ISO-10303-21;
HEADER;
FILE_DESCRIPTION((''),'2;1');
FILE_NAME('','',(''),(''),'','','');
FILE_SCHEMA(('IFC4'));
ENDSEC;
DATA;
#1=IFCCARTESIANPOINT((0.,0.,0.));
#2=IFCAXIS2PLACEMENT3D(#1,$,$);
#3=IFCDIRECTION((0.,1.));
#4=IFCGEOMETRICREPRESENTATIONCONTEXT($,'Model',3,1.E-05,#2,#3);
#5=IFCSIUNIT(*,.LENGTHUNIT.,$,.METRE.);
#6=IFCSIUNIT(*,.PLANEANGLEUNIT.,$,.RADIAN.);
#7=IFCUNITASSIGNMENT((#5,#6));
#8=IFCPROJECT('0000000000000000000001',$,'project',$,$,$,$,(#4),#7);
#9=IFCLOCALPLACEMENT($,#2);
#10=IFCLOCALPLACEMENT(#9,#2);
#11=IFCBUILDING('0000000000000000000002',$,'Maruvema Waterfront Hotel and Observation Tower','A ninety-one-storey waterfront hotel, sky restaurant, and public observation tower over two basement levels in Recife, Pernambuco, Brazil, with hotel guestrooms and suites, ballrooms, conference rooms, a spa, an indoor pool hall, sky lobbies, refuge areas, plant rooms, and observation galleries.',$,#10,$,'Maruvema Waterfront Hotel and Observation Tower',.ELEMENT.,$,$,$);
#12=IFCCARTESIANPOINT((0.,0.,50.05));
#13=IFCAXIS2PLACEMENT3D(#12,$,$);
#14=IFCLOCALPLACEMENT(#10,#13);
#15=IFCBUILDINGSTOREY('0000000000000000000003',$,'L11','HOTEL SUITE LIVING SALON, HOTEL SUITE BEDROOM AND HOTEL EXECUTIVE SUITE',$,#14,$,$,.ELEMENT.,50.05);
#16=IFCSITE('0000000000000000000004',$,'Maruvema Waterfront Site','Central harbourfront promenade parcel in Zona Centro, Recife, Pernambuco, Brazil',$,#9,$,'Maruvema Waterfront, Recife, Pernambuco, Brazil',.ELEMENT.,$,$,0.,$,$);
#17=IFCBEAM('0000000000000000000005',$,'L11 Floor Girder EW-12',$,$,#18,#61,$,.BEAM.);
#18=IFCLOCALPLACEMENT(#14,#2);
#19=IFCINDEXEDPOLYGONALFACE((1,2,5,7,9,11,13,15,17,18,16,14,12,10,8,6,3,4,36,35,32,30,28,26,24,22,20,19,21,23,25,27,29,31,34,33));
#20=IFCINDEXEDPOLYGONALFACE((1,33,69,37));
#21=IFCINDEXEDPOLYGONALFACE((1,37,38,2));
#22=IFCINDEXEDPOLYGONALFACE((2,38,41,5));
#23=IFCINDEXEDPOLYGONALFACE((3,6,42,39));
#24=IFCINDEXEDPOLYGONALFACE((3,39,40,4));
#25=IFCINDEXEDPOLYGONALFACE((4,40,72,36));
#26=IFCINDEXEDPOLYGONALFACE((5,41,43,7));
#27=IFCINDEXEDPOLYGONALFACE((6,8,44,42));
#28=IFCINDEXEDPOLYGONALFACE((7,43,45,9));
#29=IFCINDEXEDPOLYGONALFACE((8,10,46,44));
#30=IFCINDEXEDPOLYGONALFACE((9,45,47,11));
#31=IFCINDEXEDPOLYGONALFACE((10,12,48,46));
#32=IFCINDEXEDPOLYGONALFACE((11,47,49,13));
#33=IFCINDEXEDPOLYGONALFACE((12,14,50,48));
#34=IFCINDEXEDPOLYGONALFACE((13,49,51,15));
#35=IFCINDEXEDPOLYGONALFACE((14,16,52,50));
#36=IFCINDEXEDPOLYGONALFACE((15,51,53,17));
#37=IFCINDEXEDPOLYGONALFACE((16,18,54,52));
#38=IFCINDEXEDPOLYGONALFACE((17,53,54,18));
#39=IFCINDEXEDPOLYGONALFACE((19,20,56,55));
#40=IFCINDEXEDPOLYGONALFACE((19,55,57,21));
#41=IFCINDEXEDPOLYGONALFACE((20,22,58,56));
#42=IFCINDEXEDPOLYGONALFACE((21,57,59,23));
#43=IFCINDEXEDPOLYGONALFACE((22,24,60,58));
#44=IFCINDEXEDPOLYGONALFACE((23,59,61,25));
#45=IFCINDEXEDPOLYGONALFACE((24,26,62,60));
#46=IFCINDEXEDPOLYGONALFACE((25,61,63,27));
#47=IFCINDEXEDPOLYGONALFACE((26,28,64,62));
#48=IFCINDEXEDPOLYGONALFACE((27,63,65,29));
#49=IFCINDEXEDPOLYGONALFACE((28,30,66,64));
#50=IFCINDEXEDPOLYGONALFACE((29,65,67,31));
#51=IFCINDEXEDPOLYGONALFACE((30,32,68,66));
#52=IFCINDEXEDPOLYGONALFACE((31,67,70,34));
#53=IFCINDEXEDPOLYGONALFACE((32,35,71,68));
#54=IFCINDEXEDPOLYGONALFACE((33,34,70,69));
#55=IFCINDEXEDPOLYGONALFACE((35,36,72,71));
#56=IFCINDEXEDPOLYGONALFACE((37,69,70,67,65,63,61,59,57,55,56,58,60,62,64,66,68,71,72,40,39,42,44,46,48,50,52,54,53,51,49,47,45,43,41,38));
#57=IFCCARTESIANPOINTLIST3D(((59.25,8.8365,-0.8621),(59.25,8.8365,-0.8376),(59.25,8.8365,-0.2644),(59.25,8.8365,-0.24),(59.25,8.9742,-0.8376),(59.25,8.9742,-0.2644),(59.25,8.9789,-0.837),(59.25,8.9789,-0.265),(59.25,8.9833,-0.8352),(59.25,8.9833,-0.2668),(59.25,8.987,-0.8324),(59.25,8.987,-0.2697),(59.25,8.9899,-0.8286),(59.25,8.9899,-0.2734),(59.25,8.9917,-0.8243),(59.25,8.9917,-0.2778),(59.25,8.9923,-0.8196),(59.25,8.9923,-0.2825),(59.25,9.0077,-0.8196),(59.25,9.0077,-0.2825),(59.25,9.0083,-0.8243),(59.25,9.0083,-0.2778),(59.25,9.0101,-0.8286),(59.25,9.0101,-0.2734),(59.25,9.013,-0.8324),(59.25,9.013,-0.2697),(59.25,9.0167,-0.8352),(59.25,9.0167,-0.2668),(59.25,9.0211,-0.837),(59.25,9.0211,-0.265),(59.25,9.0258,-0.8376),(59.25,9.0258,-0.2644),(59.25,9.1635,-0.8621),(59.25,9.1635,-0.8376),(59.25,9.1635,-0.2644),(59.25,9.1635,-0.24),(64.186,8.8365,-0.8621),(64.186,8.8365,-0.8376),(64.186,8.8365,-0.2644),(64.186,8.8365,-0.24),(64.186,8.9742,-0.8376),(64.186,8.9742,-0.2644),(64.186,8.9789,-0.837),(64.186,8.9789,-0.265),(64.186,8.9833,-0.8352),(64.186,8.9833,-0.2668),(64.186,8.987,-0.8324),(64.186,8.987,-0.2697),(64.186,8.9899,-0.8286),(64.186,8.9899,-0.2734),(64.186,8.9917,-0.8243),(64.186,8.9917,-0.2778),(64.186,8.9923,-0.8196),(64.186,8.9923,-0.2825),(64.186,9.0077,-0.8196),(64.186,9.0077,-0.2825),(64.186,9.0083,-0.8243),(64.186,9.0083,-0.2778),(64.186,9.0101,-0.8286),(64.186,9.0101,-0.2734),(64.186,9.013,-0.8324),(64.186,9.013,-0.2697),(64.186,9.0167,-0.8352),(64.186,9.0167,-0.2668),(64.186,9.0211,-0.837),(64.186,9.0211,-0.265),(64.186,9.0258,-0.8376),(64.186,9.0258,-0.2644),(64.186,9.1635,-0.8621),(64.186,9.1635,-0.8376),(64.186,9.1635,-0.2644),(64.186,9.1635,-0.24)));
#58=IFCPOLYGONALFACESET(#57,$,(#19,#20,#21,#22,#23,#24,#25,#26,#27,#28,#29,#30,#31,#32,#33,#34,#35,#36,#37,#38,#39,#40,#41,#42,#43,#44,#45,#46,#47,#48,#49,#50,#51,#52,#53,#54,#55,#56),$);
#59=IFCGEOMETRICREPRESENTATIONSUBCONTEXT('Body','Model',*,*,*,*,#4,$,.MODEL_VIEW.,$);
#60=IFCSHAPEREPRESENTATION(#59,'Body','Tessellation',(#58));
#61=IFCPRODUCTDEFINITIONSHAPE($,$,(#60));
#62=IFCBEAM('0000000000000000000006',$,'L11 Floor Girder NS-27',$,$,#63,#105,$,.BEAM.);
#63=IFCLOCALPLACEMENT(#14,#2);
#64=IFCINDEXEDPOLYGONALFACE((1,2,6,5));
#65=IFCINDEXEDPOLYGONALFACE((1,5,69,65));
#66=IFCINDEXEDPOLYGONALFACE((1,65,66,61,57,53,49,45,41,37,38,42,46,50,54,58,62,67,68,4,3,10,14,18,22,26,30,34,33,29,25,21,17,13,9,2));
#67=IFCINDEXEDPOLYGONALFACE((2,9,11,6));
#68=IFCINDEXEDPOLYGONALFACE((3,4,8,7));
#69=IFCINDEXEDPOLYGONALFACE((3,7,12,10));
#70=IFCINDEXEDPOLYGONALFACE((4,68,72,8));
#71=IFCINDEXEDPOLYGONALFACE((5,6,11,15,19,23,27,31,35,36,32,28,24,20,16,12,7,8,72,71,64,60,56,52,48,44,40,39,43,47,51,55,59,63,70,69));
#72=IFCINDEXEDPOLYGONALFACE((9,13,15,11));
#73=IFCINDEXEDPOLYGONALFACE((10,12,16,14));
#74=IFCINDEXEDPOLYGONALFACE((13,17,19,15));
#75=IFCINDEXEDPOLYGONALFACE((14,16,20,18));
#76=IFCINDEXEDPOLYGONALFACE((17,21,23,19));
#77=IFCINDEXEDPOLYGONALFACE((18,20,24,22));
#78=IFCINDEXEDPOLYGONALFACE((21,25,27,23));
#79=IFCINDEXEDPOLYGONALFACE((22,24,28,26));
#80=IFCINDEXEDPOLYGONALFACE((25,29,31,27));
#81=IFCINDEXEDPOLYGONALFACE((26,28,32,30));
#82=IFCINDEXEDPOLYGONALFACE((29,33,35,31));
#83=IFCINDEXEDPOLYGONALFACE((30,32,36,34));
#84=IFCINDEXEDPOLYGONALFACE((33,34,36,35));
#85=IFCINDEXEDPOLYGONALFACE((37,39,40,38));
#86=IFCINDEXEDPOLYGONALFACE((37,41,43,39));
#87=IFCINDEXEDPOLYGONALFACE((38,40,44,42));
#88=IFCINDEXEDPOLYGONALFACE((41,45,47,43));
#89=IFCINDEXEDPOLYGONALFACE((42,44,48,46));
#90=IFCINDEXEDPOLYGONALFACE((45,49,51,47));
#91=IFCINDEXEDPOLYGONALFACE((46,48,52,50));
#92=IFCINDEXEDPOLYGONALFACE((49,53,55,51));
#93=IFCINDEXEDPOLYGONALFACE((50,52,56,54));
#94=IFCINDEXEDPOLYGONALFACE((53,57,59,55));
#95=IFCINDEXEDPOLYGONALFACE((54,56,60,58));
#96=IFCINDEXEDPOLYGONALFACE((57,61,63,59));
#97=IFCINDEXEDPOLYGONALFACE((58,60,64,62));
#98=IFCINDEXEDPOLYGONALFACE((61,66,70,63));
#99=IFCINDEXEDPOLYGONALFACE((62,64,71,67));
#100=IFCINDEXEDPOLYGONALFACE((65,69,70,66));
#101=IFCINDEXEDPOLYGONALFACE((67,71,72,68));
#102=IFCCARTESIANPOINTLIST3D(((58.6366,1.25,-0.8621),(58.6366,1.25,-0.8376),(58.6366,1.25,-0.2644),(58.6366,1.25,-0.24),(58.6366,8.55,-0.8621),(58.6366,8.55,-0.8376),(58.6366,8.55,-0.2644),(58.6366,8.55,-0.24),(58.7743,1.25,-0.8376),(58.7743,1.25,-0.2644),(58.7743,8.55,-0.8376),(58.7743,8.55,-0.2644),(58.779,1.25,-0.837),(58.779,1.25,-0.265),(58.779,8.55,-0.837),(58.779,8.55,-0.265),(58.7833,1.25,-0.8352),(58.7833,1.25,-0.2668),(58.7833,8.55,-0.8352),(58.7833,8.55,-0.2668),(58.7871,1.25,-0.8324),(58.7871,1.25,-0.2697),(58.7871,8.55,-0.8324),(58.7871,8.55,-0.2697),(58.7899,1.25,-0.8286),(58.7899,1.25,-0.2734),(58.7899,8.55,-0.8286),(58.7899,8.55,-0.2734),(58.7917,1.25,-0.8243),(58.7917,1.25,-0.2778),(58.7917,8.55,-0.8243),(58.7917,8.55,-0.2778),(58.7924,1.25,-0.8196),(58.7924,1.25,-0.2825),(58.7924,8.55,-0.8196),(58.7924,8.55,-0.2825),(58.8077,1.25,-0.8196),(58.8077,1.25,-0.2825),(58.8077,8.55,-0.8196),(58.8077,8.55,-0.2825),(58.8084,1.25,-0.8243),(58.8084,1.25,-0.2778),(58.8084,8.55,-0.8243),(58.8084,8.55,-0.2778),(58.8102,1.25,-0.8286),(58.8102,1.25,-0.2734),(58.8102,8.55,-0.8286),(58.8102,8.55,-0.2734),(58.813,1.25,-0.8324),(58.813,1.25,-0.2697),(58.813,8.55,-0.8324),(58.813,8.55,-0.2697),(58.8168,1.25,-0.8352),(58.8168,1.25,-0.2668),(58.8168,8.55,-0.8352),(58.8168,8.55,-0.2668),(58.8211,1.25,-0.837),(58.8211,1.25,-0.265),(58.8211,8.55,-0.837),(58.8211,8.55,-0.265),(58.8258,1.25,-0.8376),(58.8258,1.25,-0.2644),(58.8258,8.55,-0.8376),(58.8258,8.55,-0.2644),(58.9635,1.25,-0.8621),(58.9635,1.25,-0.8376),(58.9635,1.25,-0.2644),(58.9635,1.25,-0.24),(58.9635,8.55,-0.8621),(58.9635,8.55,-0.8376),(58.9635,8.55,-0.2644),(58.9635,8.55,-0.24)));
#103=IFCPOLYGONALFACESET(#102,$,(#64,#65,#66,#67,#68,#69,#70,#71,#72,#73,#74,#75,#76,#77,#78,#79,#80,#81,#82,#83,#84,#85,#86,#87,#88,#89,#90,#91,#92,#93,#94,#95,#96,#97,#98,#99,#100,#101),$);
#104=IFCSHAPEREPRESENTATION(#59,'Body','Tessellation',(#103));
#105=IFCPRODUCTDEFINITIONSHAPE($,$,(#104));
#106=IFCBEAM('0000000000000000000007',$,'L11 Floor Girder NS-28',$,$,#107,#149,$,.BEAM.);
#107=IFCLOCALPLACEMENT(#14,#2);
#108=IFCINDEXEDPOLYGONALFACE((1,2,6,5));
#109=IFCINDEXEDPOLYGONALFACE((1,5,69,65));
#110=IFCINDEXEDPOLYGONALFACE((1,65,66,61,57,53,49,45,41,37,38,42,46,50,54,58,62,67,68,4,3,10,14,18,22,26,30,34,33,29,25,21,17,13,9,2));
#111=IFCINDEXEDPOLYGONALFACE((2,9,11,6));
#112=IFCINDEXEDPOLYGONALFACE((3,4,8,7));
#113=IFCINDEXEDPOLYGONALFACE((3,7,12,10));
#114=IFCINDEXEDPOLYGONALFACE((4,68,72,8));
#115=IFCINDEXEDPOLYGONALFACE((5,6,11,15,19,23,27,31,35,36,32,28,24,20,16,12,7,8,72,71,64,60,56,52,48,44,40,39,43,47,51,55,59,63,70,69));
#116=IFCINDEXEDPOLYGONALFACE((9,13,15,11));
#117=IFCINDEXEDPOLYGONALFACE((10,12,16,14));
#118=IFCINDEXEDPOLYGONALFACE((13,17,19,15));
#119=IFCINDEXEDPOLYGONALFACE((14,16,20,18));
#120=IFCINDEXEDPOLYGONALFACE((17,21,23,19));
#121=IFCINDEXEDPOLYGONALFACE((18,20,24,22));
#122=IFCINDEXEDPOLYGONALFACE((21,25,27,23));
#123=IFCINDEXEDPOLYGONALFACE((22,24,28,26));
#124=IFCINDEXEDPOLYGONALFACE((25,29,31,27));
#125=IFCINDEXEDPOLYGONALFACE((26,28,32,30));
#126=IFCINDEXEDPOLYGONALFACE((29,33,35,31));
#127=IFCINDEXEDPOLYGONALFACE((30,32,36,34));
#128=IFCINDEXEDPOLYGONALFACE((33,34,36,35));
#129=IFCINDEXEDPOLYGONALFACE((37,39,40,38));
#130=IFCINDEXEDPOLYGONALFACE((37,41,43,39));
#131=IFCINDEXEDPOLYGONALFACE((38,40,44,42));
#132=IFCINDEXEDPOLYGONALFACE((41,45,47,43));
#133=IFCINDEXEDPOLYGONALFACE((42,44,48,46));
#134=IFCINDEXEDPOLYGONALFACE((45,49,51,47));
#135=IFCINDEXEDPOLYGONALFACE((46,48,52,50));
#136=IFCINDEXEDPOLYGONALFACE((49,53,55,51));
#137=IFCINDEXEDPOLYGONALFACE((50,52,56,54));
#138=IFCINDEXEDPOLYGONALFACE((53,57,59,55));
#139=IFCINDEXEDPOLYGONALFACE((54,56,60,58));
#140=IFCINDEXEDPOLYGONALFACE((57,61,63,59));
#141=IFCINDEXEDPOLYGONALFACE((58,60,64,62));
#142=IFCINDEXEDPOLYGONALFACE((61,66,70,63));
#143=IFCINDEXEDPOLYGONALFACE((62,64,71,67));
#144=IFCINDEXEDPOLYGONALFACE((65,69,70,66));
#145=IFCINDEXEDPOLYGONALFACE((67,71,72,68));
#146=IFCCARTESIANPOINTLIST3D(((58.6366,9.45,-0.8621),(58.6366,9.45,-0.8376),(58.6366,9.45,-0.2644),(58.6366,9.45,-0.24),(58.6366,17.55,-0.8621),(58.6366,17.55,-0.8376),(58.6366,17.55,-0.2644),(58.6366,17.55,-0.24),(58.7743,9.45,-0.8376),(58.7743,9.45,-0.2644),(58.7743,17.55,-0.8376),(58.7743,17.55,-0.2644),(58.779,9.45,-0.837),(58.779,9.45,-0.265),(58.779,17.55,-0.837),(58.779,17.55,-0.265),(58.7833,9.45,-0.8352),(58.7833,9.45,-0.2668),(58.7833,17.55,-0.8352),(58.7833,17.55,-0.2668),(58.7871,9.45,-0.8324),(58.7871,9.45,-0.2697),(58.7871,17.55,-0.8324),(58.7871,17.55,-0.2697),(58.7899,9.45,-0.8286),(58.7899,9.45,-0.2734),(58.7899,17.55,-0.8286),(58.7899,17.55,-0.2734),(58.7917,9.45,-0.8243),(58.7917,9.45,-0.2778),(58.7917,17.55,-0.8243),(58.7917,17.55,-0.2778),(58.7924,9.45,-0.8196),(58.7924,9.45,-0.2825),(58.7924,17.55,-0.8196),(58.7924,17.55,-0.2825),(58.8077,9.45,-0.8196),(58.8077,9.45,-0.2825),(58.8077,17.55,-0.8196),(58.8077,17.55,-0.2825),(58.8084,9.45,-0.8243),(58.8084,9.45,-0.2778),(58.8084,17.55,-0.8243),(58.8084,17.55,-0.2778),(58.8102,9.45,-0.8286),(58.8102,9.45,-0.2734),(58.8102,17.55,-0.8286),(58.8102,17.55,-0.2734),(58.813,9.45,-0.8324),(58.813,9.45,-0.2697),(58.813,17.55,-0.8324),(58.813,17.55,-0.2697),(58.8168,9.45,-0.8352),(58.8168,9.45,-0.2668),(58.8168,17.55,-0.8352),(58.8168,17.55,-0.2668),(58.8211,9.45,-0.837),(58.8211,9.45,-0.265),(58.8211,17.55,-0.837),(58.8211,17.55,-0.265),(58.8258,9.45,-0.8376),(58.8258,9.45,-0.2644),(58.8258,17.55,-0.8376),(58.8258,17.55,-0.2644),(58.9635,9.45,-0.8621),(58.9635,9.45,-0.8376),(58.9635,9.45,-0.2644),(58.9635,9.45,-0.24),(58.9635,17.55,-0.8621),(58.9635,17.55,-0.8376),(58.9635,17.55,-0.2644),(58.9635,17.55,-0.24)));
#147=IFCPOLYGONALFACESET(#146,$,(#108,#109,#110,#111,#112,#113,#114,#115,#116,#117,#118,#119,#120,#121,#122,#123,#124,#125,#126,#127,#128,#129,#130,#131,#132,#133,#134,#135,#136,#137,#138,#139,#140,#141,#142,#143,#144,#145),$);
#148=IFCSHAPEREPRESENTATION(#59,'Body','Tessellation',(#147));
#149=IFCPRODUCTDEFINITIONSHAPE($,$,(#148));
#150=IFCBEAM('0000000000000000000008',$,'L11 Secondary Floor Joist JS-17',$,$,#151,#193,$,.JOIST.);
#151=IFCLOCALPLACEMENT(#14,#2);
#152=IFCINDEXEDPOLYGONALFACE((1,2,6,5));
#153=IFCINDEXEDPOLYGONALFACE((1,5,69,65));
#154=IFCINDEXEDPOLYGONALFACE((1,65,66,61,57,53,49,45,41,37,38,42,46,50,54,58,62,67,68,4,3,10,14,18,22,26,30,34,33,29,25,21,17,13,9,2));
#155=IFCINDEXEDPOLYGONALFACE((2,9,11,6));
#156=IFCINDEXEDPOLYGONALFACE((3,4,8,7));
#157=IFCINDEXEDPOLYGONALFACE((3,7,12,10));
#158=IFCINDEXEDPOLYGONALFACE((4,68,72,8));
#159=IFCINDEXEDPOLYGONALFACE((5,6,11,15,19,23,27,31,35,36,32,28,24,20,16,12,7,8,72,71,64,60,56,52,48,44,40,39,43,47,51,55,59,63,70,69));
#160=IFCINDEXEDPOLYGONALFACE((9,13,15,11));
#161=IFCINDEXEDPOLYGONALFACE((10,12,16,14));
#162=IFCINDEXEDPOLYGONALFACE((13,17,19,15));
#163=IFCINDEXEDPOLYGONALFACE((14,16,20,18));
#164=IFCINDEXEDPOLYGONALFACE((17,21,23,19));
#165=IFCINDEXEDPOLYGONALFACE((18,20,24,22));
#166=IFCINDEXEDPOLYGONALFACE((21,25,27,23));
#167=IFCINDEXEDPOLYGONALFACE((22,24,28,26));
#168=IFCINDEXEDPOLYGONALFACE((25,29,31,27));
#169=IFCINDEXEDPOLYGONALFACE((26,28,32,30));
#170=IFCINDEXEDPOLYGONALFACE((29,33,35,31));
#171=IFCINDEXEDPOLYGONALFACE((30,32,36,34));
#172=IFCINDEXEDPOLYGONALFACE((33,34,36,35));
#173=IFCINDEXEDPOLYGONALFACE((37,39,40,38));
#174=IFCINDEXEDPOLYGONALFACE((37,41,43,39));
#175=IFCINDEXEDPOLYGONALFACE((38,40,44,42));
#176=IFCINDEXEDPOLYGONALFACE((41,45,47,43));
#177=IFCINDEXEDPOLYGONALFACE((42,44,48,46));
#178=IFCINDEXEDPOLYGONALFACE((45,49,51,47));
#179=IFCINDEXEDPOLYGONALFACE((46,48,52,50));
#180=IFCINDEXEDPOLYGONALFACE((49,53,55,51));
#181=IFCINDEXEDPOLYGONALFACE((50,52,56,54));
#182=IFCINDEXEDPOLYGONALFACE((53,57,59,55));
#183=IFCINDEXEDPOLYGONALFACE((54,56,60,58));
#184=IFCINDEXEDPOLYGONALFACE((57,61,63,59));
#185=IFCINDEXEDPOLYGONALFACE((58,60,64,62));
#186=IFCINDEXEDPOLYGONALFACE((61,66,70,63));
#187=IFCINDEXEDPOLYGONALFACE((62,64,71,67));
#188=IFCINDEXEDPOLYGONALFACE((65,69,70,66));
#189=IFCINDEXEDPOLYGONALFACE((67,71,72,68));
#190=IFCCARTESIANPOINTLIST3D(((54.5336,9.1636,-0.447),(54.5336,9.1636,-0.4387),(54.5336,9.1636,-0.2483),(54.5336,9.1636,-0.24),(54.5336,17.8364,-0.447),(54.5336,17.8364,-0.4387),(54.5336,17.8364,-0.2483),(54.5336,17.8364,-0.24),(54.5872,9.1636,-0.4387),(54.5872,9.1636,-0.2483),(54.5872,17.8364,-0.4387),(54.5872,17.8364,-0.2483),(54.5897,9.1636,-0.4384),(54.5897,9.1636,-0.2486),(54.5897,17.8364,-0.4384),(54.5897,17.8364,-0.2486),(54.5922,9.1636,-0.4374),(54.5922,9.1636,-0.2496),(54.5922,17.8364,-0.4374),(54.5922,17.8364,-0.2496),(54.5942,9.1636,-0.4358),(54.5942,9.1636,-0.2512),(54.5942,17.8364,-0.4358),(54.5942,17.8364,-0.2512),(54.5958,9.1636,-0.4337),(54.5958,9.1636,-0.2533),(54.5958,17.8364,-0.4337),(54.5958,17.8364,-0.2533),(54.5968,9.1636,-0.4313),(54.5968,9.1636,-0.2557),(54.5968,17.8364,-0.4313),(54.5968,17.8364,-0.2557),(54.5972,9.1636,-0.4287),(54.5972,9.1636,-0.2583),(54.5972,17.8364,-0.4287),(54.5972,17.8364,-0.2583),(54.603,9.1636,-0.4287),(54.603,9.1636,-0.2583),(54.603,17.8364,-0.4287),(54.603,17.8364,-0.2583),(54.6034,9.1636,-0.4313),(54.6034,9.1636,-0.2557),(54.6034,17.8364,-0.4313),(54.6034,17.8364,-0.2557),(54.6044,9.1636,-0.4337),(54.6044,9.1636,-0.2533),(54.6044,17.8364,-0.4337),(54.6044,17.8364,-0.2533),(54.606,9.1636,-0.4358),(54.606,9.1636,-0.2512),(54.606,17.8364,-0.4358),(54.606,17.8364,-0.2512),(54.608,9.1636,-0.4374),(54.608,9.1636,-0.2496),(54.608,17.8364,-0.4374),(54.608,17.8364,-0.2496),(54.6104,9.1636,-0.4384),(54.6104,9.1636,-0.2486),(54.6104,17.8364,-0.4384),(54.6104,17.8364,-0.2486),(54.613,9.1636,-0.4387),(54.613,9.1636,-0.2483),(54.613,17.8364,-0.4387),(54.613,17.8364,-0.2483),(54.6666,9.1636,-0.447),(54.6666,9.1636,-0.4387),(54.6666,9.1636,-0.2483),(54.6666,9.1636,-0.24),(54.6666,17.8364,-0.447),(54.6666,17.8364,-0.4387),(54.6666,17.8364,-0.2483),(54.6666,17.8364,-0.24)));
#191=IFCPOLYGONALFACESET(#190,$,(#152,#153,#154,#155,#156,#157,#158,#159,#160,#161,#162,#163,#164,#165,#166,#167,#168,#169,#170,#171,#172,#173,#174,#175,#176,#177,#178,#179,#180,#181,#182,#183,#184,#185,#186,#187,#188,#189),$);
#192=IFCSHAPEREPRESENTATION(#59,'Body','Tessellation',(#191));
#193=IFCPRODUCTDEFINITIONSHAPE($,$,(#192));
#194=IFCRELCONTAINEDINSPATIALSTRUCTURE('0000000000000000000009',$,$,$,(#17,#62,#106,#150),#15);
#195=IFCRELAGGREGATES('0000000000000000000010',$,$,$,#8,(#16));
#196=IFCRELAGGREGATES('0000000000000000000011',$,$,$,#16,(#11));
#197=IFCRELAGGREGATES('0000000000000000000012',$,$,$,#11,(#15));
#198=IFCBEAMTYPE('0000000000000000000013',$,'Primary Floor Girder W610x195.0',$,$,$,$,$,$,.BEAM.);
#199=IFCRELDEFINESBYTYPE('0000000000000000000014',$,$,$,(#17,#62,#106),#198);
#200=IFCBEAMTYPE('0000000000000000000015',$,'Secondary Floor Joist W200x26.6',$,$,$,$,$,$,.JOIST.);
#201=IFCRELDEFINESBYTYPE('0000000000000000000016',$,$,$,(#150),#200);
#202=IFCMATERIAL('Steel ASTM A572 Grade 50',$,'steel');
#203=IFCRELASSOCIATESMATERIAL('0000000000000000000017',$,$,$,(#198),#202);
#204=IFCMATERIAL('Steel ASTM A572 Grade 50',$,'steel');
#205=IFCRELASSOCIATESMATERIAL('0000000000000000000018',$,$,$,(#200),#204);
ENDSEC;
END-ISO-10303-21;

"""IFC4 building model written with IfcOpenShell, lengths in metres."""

from ifc_helpers import new_model, si_unit, direction, frame, origin, origin_2d, place, context, subcontext, project, spatial, i_section, extrude, material, material_profile, profile_set, type_object, element, save


model = new_model("IFC4")

# Units and contexts
model_context = context("Model", 3, precision=1e-05, world=origin(), true_north=direction((0.0, 1.0)))
body_context = subcontext(model_context, "Body", "Model", "MODEL_VIEW")
ifc_project = project(units=[si_unit("LENGTHUNIT", "METRE"), si_unit("PLANEANGLEUNIT", "RADIAN")], contexts=[model_context])

# Site, building, storey
site_placement = place(None, origin())
site = spatial("IfcSite", under=ifc_project, at=site_placement, Name="Maruvema Waterfront Site", Description="Central harbourfront promenade parcel in Zona Centro, Recife, Pernambuco, Brazil", LongName="Maruvema Waterfront, Recife, Pernambuco, Brazil", CompositionType="ELEMENT", RefElevation=0.0)
building_placement = place(site_placement, origin())
building = spatial("IfcBuilding", under=site, at=building_placement, Name="Maruvema Waterfront Hotel and Observation Tower", Description="A ninety-one-storey waterfront hotel, sky restaurant, and public observation tower over two basement levels in Recife, Pernambuco, Brazil, with hotel guestrooms and suites, ballrooms, conference rooms, a spa, an indoor pool hall, sky lobbies, refuge areas, plant rooms, and observation galleries.", LongName="Maruvema Waterfront Hotel and Observation Tower", CompositionType="ELEMENT")
storey_placement = place(building_placement, frame((0.0, 0.0, 50.05)))
storey = spatial("IfcBuildingStorey", under=building, at=storey_placement, Name="L11", Description="HOTEL SUITE LIVING SALON, HOTEL SUITE BEDROOM AND HOTEL EXECUTIVE SUITE", CompositionType="ELEMENT", Elevation=50.05)

# Beams
ifc_material_1 = material(Name="Steel ASTM A572 Grade 50", Category="steel")
ifc_material_profile_1 = material_profile(ifc_material_1, i_section(OverallWidth=0.3269, OverallDepth=0.6221, WebThickness=0.0154, FlangeThickness=0.0244, FilletRadius=0.0181, at=origin_2d()), Name="W610x195.0")
ifc_profile_set_1 = profile_set([ifc_material_profile_1], Name="Steel ASTM A572 Grade 50")
beam_type_1 = type_object("IfcBeamType", Name="Primary Floor Girder W610x195.0", PredefinedType="BEAM", material=ifc_profile_set_1)
beam_1_placement = place(storey_placement, frame((59.25, 9.0, -0.551), z_axis=(1.0, 0.0, 0.0), x_axis=(0.0, 1.0, 0.0)))
element("IfcBeam", 1, at=beam_1_placement, inside=storey, type_object=beam_type_1, Name="L11 Floor Girder EW-12", PredefinedType="BEAM", context=body_context, shape_type="SweptSolid", body=[
    extrude(i_section(OverallWidth=0.3269, OverallDepth=0.6221, WebThickness=0.0154, FlangeThickness=0.0244, FilletRadius=0.0181, at=origin_2d()), origin(), (0.0, 0.0, 1.0), 4.936),
])
beam_2_placement = place(storey_placement, frame((58.8, 1.25, -0.551), z_axis=(0.0, 1.0, 0.0), x_axis=(-1.0, 0.0, 0.0)))
element("IfcBeam", 2, at=beam_2_placement, inside=storey, type_object=beam_type_1, Name="L11 Floor Girder NS-27", PredefinedType="BEAM", context=body_context, shape_type="SweptSolid", body=[
    extrude(i_section(OverallWidth=0.3269, OverallDepth=0.6221, WebThickness=0.0154, FlangeThickness=0.0244, FilletRadius=0.0181, at=origin_2d()), origin(), (0.0, 0.0, 1.0), 7.3),
])
beam_3_placement = place(storey_placement, frame((58.8, 9.45, -0.551), z_axis=(0.0, 1.0, 0.0), x_axis=(-1.0, 0.0, 0.0)))
element("IfcBeam", 3, at=beam_3_placement, inside=storey, type_object=beam_type_1, Name="L11 Floor Girder NS-28", PredefinedType="BEAM", context=body_context, shape_type="SweptSolid", body=[
    extrude(i_section(OverallWidth=0.3269, OverallDepth=0.6221, WebThickness=0.0154, FlangeThickness=0.0244, FilletRadius=0.0181, at=origin_2d()), origin(), (0.0, 0.0, 1.0), 8.1001),
])
ifc_material_2 = material(Name="Steel ASTM A572 Grade 50", Category="steel")
ifc_material_profile_2 = material_profile(ifc_material_2, i_section(OverallWidth=0.1331, OverallDepth=0.207, WebThickness=0.0059, FlangeThickness=0.0083, FilletRadius=0.01, at=origin_2d()), Name="W200x26.6")
ifc_profile_set_2 = profile_set([ifc_material_profile_2], Name="Steel ASTM A572 Grade 50")
beam_type_2 = type_object("IfcBeamType", Name="Secondary Floor Joist W200x26.6", PredefinedType="JOIST", material=ifc_profile_set_2)
beam_4_placement = place(storey_placement, frame((54.6001, 9.1636, -0.3435), z_axis=(0.0, 1.0, 0.0), x_axis=(-1.0, 0.0, 0.0)))
element("IfcBeam", 4, at=beam_4_placement, inside=storey, type_object=beam_type_2, Name="L11 Secondary Floor Joist JS-17", PredefinedType="JOIST", context=body_context, shape_type="SweptSolid", body=[
    extrude(i_section(OverallWidth=0.1331, OverallDepth=0.207, WebThickness=0.0059, FlangeThickness=0.0083, FilletRadius=0.01, at=origin_2d()), origin(), (0.0, 0.0, 1.0), 8.6729),
])

save(model, "model.ifc")
